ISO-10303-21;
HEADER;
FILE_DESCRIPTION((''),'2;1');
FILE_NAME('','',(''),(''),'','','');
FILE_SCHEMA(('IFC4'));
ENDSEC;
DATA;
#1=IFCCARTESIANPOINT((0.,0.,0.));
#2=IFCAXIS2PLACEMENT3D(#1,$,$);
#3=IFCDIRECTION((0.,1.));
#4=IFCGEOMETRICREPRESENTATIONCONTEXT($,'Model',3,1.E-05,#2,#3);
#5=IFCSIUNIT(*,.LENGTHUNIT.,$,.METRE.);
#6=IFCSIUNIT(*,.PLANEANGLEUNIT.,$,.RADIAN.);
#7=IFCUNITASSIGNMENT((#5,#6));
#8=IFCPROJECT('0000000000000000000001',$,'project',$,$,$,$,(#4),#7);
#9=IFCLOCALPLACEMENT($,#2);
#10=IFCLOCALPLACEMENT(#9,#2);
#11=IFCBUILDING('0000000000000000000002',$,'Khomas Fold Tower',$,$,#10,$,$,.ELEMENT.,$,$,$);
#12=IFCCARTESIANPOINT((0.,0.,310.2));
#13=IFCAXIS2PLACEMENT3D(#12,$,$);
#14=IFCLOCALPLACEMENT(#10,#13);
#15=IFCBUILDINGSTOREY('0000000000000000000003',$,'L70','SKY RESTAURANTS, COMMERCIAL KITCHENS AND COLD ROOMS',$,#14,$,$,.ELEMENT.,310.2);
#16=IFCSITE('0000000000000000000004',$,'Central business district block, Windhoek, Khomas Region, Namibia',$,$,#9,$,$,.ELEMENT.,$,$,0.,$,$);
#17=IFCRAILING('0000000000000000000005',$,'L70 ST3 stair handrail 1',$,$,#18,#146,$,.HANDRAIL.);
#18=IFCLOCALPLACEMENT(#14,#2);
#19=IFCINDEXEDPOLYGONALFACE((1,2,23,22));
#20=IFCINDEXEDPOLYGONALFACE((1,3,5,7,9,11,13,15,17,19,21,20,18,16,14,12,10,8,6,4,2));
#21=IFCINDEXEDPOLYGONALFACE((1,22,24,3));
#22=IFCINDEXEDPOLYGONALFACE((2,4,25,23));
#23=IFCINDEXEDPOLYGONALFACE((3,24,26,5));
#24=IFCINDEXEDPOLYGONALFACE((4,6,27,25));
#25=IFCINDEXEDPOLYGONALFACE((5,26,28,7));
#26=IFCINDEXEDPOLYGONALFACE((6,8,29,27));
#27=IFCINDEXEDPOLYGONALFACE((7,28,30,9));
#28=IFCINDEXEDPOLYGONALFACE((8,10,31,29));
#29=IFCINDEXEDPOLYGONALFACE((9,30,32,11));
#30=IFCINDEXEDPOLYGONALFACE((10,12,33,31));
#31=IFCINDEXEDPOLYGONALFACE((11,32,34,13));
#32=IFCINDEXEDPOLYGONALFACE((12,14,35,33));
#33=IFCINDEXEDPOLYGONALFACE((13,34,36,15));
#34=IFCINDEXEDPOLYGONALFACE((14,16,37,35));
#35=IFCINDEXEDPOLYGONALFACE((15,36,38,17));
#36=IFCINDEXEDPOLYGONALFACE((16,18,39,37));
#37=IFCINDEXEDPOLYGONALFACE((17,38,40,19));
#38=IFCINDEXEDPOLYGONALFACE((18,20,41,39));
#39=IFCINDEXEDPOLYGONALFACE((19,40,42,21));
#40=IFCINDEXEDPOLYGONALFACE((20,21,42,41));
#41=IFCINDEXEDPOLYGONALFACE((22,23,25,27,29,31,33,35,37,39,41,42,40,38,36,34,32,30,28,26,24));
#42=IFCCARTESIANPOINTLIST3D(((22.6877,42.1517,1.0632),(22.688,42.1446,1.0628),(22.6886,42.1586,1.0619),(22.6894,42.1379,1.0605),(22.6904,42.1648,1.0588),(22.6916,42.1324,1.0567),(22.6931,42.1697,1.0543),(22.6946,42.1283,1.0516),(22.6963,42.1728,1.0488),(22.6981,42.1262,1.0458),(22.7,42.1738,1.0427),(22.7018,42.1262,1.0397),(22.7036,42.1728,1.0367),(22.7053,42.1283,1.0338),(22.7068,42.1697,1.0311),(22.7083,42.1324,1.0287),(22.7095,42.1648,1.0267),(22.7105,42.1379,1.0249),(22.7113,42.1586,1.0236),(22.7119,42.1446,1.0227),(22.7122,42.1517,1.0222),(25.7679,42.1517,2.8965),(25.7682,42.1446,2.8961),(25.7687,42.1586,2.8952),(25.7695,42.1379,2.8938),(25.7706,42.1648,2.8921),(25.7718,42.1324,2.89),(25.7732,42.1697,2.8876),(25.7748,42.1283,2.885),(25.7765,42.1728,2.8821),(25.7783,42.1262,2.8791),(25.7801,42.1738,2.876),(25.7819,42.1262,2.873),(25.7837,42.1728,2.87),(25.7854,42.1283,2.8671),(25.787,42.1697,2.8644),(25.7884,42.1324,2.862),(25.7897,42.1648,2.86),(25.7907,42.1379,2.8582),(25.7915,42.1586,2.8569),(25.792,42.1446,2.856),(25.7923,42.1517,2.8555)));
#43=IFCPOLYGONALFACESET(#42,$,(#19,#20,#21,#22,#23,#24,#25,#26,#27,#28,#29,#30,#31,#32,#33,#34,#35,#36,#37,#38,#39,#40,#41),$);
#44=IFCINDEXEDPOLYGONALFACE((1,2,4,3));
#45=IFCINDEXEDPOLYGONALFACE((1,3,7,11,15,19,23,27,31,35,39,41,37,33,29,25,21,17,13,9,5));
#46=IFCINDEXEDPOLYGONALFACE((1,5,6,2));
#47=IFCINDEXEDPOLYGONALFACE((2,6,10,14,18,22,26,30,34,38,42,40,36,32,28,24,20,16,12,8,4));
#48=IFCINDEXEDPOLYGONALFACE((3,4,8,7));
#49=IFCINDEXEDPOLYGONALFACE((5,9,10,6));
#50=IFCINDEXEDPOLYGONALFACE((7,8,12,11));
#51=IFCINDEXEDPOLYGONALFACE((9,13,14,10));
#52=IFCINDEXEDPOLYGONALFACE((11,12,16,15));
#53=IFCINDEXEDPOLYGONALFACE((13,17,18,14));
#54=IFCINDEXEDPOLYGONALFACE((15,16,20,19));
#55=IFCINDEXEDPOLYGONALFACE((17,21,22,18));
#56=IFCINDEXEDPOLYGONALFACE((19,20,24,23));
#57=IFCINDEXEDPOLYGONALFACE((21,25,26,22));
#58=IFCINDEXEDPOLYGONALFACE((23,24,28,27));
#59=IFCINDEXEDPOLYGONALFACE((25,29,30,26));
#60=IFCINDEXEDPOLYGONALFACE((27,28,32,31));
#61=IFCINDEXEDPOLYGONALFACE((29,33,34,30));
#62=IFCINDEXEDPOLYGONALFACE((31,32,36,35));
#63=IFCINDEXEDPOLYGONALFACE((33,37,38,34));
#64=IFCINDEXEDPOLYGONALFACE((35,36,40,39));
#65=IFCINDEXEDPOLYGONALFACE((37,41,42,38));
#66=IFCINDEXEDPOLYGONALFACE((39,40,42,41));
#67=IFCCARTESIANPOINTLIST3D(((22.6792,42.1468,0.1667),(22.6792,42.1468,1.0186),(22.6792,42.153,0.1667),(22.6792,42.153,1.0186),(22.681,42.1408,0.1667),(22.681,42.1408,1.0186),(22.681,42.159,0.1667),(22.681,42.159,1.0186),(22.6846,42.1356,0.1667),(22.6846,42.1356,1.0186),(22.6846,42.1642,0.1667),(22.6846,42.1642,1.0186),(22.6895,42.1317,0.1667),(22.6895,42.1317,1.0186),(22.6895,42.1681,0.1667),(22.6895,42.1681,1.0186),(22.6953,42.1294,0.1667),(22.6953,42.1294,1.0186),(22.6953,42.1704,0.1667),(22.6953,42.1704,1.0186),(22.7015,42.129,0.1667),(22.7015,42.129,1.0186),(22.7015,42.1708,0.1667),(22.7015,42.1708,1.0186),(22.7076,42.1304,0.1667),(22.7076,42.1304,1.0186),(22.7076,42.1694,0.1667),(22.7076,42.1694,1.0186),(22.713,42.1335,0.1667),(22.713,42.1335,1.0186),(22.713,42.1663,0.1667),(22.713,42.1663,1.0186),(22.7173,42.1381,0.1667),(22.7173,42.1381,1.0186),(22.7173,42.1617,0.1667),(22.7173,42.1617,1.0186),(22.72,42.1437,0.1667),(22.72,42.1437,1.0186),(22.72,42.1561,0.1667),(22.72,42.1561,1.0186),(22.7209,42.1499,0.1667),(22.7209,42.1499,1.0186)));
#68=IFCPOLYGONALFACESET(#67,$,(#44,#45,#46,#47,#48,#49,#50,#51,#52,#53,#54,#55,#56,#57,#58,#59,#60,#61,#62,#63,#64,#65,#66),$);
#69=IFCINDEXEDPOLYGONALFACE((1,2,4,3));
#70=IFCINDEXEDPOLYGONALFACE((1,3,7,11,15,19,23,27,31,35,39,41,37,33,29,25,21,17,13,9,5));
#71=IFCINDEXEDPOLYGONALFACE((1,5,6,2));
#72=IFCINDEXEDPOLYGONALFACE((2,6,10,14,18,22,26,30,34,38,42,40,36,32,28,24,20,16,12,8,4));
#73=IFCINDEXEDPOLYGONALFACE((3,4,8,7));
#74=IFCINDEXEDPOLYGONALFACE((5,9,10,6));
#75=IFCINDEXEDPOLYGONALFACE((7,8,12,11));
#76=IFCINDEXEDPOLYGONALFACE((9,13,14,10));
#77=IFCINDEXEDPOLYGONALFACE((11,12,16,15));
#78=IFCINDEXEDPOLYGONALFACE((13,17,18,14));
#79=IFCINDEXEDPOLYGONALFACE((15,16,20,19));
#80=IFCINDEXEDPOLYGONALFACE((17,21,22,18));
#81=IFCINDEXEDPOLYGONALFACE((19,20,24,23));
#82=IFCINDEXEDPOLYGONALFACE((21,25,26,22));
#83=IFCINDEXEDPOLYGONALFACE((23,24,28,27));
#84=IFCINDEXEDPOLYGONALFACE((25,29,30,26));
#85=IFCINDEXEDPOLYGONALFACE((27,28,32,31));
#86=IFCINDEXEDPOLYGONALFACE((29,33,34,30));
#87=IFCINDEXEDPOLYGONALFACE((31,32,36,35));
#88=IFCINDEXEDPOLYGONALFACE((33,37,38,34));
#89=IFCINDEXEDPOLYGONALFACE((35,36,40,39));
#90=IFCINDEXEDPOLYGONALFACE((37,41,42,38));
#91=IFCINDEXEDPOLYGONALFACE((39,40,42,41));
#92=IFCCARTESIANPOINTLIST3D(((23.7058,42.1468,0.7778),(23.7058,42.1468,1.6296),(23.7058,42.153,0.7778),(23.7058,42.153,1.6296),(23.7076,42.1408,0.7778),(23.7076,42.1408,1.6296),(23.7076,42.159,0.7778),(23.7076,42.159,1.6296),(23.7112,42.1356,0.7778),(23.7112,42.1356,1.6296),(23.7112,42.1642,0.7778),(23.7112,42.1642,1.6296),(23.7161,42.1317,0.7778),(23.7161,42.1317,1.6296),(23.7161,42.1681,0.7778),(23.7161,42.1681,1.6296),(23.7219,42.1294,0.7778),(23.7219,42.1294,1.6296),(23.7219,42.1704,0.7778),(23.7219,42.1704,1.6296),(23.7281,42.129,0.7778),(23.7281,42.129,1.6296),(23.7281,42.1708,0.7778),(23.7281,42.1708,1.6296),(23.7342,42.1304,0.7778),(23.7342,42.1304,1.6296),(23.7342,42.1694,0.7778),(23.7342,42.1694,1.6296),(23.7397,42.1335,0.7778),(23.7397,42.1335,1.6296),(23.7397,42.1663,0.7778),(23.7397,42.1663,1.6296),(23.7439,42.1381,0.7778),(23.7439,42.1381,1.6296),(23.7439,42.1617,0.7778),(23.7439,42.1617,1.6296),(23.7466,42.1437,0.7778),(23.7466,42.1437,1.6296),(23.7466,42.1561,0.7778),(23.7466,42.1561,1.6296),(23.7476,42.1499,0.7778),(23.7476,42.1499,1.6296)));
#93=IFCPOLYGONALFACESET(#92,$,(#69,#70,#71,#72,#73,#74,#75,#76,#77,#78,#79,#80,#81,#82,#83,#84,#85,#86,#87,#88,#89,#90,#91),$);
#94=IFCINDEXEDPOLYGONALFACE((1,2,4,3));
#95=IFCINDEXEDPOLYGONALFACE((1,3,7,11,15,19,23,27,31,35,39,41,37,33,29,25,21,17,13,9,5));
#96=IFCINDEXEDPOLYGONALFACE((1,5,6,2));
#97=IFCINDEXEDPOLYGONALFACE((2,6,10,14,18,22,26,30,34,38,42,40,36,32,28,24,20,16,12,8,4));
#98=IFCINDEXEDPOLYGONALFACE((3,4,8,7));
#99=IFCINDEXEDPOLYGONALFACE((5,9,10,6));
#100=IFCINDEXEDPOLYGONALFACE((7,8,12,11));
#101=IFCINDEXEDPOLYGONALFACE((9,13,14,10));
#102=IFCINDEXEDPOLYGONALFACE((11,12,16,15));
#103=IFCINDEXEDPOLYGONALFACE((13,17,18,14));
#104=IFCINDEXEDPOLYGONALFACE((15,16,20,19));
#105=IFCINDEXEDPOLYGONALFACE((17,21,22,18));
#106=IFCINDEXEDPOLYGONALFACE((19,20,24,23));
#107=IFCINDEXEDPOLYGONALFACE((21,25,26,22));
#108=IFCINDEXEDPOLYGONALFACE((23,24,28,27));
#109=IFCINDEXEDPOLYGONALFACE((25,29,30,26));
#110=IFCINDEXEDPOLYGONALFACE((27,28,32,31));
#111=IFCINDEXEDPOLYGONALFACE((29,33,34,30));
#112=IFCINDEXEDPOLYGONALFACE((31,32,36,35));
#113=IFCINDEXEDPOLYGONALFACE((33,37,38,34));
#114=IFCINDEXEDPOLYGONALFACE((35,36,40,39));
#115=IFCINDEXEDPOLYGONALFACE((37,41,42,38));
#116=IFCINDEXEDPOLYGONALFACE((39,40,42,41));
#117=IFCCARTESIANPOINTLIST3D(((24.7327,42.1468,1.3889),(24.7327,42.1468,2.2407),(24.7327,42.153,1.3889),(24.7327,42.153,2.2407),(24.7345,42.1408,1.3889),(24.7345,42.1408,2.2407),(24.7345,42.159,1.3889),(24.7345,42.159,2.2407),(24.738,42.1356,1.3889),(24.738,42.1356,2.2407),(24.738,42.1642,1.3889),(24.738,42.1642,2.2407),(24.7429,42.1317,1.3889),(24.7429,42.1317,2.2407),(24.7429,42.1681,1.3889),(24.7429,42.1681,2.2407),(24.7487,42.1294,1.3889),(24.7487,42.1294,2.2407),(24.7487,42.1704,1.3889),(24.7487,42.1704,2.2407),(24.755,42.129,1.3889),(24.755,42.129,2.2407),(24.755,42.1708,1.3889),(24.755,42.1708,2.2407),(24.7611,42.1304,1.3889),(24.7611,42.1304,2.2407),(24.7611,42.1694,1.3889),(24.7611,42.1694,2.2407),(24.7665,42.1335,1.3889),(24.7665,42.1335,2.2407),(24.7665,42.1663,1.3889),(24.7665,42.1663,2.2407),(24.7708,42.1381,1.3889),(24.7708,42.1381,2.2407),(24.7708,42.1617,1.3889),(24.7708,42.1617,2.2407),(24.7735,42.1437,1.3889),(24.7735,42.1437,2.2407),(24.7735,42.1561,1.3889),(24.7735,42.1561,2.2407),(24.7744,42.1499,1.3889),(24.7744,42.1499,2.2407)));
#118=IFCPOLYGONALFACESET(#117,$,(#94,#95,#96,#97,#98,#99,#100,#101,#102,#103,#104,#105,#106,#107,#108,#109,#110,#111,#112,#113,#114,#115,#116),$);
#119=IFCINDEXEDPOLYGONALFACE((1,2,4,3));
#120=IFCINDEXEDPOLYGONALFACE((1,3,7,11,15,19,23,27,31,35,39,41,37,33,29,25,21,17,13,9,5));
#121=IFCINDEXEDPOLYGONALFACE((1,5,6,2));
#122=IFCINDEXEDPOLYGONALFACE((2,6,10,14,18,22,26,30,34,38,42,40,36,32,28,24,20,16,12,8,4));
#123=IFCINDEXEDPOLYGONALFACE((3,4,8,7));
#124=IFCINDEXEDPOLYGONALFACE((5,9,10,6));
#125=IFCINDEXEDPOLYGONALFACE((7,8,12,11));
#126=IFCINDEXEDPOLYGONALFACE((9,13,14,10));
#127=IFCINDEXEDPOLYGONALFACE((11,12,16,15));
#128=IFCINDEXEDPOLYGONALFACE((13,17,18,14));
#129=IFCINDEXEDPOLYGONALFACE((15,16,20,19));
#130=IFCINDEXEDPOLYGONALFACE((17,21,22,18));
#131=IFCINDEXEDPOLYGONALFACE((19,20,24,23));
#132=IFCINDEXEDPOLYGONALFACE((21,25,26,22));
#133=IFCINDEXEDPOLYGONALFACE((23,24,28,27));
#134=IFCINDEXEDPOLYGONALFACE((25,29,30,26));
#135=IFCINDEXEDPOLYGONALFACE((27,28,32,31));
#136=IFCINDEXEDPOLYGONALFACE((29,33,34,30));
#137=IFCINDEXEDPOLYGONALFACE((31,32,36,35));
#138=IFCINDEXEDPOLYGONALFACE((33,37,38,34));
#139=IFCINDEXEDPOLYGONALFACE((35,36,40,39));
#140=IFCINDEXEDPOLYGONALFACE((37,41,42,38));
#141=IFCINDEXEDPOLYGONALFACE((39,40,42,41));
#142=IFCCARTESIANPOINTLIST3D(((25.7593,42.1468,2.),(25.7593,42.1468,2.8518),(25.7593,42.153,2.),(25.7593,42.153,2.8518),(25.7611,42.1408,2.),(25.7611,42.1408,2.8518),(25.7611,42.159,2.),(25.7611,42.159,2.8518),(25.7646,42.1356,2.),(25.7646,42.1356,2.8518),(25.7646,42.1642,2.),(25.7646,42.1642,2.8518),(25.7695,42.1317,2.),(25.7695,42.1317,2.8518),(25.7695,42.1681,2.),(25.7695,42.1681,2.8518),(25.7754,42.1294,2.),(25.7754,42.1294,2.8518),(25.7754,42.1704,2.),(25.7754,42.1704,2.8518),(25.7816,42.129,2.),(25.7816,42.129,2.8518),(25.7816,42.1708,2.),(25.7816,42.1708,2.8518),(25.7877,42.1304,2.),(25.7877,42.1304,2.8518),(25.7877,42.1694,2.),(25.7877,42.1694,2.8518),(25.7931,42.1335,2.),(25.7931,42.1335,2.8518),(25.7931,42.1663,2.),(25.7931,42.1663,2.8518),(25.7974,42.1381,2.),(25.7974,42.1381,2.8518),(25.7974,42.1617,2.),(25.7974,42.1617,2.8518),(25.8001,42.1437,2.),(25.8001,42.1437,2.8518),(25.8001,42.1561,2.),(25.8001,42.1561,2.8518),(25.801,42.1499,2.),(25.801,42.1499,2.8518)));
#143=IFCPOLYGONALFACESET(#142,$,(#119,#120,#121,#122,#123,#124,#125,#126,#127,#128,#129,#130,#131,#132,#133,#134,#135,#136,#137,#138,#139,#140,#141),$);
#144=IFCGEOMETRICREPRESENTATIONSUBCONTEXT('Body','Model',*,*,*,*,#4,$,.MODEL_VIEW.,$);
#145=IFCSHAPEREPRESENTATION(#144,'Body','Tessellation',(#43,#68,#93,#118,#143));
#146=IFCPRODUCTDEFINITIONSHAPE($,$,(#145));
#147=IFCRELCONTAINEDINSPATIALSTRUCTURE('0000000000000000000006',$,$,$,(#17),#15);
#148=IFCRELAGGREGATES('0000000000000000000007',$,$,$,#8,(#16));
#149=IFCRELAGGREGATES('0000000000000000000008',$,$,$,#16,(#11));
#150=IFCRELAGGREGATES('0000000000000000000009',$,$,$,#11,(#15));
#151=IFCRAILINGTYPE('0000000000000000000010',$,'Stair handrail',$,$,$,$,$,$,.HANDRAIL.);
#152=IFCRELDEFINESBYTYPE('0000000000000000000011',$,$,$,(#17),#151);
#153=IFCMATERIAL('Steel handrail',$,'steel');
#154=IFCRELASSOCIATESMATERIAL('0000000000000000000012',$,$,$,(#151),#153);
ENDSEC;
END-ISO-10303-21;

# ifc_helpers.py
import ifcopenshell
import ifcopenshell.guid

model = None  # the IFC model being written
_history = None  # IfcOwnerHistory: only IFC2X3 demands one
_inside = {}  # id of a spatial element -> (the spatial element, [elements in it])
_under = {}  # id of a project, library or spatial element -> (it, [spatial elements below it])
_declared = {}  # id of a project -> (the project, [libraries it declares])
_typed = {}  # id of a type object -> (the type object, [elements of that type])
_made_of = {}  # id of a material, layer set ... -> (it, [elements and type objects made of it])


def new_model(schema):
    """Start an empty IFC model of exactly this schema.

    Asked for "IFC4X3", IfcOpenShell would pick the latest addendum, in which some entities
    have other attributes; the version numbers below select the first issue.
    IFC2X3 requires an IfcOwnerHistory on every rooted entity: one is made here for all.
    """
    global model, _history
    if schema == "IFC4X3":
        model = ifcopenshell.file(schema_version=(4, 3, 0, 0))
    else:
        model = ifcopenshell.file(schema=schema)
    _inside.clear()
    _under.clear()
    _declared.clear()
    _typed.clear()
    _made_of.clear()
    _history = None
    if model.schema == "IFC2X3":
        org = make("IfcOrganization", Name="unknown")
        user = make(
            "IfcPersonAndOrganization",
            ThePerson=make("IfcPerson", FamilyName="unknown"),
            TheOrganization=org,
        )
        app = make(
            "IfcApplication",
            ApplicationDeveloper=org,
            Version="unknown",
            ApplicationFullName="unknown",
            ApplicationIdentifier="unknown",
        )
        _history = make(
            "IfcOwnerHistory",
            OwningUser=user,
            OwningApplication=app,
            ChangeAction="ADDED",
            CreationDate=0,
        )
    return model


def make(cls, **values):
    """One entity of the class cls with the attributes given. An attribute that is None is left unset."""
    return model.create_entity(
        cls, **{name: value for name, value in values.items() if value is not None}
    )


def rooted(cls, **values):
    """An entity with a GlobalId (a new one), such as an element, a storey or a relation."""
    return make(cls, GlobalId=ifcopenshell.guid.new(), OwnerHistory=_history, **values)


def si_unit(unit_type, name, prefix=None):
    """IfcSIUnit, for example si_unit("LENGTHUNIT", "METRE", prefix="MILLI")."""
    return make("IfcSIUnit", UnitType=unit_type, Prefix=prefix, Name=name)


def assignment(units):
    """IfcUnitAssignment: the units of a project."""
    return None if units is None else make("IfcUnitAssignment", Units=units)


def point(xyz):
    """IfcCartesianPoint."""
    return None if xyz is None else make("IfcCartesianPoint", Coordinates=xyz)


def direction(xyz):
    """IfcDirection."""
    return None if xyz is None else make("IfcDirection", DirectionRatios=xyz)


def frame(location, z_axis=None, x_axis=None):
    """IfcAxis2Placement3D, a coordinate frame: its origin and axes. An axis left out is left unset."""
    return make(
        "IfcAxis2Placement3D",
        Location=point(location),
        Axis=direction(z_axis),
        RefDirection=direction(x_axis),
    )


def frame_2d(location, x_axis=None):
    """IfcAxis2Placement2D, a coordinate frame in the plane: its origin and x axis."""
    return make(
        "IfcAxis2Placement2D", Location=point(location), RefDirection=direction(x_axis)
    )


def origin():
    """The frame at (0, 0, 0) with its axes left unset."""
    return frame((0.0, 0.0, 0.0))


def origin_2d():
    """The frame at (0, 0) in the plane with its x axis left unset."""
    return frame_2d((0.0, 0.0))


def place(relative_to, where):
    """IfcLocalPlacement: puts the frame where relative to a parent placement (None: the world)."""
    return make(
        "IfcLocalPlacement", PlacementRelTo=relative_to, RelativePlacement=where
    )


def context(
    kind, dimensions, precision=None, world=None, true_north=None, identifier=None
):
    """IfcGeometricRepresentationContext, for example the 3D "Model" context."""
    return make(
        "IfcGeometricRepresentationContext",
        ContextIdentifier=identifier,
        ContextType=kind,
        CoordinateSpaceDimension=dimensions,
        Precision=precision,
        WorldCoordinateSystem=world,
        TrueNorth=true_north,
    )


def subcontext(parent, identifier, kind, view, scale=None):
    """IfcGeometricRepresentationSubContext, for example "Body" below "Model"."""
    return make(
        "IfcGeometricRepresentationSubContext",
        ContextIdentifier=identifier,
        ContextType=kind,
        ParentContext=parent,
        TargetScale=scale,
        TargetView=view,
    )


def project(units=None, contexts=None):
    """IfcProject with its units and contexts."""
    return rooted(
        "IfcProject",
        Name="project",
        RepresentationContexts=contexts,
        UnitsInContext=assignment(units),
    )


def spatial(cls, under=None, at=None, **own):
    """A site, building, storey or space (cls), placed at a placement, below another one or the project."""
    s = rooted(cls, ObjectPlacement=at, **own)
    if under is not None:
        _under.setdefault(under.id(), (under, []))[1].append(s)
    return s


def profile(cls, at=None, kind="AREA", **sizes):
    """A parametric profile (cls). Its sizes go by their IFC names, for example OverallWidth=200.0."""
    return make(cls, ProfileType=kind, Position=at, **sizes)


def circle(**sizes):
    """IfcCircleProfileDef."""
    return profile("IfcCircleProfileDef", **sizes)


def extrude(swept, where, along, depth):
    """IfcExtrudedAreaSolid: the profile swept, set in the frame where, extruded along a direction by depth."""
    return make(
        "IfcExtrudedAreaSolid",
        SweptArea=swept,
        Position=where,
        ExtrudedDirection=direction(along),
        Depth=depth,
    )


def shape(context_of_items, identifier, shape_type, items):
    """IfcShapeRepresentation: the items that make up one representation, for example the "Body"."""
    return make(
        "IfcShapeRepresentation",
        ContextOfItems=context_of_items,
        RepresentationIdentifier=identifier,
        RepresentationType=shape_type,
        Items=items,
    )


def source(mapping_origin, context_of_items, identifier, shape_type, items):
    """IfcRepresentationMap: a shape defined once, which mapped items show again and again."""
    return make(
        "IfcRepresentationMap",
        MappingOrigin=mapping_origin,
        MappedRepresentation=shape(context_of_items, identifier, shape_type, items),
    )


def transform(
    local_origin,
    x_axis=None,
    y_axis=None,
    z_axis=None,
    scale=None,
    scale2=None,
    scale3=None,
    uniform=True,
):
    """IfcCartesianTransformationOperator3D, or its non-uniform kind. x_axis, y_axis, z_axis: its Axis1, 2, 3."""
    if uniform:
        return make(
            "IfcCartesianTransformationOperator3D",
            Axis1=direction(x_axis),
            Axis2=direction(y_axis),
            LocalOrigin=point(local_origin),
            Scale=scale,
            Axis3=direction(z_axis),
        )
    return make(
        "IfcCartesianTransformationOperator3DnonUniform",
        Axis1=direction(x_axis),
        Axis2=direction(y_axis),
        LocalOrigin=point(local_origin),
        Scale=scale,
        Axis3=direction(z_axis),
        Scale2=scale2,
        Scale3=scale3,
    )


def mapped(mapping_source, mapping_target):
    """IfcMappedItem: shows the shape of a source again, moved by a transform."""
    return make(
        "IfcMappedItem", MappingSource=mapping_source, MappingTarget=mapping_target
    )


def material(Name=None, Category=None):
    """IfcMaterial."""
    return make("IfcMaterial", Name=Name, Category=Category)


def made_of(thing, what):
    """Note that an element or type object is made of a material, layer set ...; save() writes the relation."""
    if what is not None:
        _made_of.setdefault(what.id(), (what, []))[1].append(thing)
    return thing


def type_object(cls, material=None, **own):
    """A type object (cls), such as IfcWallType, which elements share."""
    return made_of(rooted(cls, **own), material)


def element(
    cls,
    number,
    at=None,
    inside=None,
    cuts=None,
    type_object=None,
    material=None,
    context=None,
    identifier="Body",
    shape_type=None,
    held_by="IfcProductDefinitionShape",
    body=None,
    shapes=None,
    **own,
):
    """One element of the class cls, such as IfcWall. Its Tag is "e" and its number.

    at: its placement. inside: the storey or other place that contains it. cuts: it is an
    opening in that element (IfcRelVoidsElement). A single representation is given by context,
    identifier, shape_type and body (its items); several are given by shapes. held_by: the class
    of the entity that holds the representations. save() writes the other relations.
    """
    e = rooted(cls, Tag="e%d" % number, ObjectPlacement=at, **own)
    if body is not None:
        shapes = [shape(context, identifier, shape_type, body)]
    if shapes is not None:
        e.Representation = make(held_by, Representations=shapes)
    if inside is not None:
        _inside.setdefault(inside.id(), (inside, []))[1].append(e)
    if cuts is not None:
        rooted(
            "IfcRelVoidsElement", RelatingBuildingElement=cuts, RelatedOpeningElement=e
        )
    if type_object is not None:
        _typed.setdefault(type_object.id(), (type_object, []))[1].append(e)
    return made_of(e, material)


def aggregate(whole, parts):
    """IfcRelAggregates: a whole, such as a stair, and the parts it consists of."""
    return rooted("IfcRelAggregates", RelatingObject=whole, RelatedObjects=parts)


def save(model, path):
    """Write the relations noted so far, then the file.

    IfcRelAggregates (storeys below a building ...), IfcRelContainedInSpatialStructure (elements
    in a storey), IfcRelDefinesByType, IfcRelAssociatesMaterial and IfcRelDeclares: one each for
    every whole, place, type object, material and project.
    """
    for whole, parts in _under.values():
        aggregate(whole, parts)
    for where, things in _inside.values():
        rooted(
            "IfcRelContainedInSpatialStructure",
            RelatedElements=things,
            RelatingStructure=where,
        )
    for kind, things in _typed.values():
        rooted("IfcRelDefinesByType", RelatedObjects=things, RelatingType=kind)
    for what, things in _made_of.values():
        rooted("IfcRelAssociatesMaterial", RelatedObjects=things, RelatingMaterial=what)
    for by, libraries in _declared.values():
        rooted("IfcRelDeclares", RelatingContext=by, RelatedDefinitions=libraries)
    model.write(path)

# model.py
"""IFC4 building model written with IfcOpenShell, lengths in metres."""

from ifc_helpers import new_model, si_unit, direction, frame, origin, origin_2d, place, context, subcontext, project, spatial, circle, extrude, source, transform, mapped, material, type_object, element, save


model = new_model("IFC4")

# Units and contexts
model_context = context("Model", 3, precision=1e-05, world=origin(), true_north=direction((0.0, 1.0)))
body_context = subcontext(model_context, "Body", "Model", "MODEL_VIEW")
ifc_project = project(units=[si_unit("LENGTHUNIT", "METRE"), si_unit("PLANEANGLEUNIT", "RADIAN")], contexts=[model_context])

# Site, building, storey
site_placement = place(None, origin())
site = spatial("IfcSite", under=ifc_project, at=site_placement, Name="Central business district block, Windhoek, Khomas Region, Namibia", CompositionType="ELEMENT", RefElevation=0.0)
building_placement = place(site_placement, origin())
building = spatial("IfcBuilding", under=site, at=building_placement, Name="Khomas Fold Tower", CompositionType="ELEMENT")
storey_placement = place(building_placement, frame((0.0, 0.0, 310.2)))
storey = spatial("IfcBuildingStorey", under=building, at=storey_placement, Name="L70", Description="SKY RESTAURANTS, COMMERCIAL KITCHENS AND COLD ROOMS", CompositionType="ELEMENT", Elevation=310.2)

# Railing
ifc_material_1 = material(Name="Steel handrail", Category="steel")
railing_type_1 = type_object("IfcRailingType", Name="Stair handrail", PredefinedType="HANDRAIL", material=ifc_material_1)
shared_shape_1 = source(origin(), body_context, "Body", "SweptSolid", [
    extrude(circle(Radius=0.0239, at=origin_2d()), frame((0.0, 0.0, 0.876), z_axis=(0.859309, 0.0, 0.511458), x_axis=(0.0, 1.0, 0.0)), (0.0, 0.0, 1.0), 3.5845),
    extrude(circle(Radius=0.021, at=origin_2d()), origin(), (0.0, 0.0, 1.0), 0.8518),
    extrude(circle(Radius=0.021, at=origin_2d()), frame((1.0266, 0.0, 0.6111)), (0.0, 0.0, 1.0), 0.8518),
    extrude(circle(Radius=0.021, at=origin_2d()), frame((2.0535, 0.0, 1.2222)), (0.0, 0.0, 1.0), 0.8518),
    extrude(circle(Radius=0.021, at=origin_2d()), frame((3.0801, 0.0, 1.8333)), (0.0, 0.0, 1.0), 0.8518),
])
railing_1_placement = place(storey_placement, frame((22.7, 42.1499, 0.1667)))
element("IfcRailing", 1, at=railing_1_placement, inside=storey, type_object=railing_type_1, Name="L70 ST3 stair handrail 1", PredefinedType="HANDRAIL", context=body_context, shape_type="MappedRepresentation", body=[
    mapped(shared_shape_1, transform((0.0, 0.0, 0.0))),
])

save(model, "model.ifc")
